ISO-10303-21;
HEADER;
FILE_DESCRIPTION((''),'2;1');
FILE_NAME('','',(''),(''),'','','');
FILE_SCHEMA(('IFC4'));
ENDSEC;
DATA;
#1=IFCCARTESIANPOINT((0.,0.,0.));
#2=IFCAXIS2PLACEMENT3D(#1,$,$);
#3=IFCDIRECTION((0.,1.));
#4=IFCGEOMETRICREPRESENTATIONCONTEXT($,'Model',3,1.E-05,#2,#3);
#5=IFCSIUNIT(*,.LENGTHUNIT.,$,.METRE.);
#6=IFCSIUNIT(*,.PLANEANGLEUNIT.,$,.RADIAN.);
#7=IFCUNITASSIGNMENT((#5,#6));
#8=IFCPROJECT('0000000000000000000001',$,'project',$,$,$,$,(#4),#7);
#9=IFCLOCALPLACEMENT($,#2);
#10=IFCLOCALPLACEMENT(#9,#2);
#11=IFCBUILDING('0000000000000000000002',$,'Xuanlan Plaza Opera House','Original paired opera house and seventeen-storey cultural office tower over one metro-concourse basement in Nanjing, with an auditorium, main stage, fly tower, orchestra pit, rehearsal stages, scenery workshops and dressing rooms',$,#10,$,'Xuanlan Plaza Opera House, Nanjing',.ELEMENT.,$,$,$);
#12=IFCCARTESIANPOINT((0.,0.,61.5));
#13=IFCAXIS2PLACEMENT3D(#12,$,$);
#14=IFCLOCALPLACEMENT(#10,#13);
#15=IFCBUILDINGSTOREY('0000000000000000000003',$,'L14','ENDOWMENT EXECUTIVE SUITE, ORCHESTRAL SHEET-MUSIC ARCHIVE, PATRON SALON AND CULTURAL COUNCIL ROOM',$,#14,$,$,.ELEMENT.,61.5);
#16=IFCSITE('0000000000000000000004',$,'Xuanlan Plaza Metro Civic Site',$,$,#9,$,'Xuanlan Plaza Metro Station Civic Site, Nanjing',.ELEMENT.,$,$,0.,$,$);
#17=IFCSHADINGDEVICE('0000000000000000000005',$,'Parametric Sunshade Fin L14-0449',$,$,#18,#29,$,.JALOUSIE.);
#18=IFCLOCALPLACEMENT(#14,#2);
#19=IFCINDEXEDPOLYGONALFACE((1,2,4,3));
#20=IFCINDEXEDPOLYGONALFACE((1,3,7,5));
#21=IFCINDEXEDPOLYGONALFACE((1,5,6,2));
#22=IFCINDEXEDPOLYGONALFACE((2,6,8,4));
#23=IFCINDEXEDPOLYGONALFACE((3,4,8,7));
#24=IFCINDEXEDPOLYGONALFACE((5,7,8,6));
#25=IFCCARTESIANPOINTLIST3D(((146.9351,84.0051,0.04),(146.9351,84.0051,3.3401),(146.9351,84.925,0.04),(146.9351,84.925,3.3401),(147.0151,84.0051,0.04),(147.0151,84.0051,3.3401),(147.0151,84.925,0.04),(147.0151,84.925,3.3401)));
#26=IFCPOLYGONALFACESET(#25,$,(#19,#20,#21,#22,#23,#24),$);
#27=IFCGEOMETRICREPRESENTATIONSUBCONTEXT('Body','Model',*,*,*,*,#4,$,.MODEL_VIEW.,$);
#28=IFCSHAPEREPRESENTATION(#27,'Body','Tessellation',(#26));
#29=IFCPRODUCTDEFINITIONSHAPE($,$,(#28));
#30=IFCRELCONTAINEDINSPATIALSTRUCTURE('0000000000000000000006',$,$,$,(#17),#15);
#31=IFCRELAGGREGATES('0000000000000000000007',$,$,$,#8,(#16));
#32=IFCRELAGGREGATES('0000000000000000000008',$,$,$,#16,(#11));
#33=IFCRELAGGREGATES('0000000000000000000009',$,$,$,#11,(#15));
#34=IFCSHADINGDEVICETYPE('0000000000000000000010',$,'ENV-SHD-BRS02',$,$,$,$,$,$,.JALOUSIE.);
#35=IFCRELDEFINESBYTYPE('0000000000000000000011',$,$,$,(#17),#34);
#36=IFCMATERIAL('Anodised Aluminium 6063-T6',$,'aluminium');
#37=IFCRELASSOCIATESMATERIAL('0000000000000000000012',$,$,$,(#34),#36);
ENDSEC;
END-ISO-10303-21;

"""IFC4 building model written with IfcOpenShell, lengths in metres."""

from ifc_helpers import new_model, si_unit, direction, frame, origin, origin_2d, place, context, subcontext, project, spatial, rectangle, extrude, material, type_object, element, save


model = new_model("IFC4")

# Units and contexts
model_context = context("Model", 3, precision=1e-05, world=origin(), true_north=direction((0.0, 1.0)))
body_context = subcontext(model_context, "Body", "Model", "MODEL_VIEW")
ifc_project = project(units=[si_unit("LENGTHUNIT", "METRE"), si_unit("PLANEANGLEUNIT", "RADIAN")], contexts=[model_context])

# Site, building, storey
site_placement = place(None, origin())
site = spatial("IfcSite", under=ifc_project, at=site_placement, Name="Xuanlan Plaza Metro Civic Site", LongName="Xuanlan Plaza Metro Station Civic Site, Nanjing", CompositionType="ELEMENT", RefElevation=0.0)
building_placement = place(site_placement, origin())
building = spatial("IfcBuilding", under=site, at=building_placement, Name="Xuanlan Plaza Opera House", Description="Original paired opera house and seventeen-storey cultural office tower over one metro-concourse basement in Nanjing, with an auditorium, main stage, fly tower, orchestra pit, rehearsal stages, scenery workshops and dressing rooms", LongName="Xuanlan Plaza Opera House, Nanjing", CompositionType="ELEMENT")
storey_placement = place(building_placement, frame((0.0, 0.0, 61.5)))
storey = spatial("IfcBuildingStorey", under=building, at=storey_placement, Name="L14", Description="ENDOWMENT EXECUTIVE SUITE, ORCHESTRAL SHEET-MUSIC ARCHIVE, PATRON SALON AND CULTURAL COUNCIL ROOM", CompositionType="ELEMENT", Elevation=61.5)

# Shared definitions
ifc_material_1 = material(Name="Anodised Aluminium 6063-T6", Category="aluminium")

# Shading device
shading_device_type = type_object("IfcShadingDeviceType", Name="ENV-SHD-BRS02", PredefinedType="JALOUSIE", material=ifc_material_1)
shading_device_placement = place(storey_placement, frame((146.9751, 84.4651, 0.04), z_axis=(0.0, 0.0, 1.0), x_axis=(0.0, 1.0, 0.0)))
element("IfcShadingDevice", 1, at=shading_device_placement, inside=storey, type_object=shading_device_type, Name="Parametric Sunshade Fin L14-0449", PredefinedType="JALOUSIE", context=body_context, shape_type="SweptSolid", body=[
    extrude(rectangle(XDim=0.9199, YDim=0.0801, at=origin_2d()), origin(), (0.0, 0.0, 1.0), 3.3),
])

save(model, "model.ifc")
